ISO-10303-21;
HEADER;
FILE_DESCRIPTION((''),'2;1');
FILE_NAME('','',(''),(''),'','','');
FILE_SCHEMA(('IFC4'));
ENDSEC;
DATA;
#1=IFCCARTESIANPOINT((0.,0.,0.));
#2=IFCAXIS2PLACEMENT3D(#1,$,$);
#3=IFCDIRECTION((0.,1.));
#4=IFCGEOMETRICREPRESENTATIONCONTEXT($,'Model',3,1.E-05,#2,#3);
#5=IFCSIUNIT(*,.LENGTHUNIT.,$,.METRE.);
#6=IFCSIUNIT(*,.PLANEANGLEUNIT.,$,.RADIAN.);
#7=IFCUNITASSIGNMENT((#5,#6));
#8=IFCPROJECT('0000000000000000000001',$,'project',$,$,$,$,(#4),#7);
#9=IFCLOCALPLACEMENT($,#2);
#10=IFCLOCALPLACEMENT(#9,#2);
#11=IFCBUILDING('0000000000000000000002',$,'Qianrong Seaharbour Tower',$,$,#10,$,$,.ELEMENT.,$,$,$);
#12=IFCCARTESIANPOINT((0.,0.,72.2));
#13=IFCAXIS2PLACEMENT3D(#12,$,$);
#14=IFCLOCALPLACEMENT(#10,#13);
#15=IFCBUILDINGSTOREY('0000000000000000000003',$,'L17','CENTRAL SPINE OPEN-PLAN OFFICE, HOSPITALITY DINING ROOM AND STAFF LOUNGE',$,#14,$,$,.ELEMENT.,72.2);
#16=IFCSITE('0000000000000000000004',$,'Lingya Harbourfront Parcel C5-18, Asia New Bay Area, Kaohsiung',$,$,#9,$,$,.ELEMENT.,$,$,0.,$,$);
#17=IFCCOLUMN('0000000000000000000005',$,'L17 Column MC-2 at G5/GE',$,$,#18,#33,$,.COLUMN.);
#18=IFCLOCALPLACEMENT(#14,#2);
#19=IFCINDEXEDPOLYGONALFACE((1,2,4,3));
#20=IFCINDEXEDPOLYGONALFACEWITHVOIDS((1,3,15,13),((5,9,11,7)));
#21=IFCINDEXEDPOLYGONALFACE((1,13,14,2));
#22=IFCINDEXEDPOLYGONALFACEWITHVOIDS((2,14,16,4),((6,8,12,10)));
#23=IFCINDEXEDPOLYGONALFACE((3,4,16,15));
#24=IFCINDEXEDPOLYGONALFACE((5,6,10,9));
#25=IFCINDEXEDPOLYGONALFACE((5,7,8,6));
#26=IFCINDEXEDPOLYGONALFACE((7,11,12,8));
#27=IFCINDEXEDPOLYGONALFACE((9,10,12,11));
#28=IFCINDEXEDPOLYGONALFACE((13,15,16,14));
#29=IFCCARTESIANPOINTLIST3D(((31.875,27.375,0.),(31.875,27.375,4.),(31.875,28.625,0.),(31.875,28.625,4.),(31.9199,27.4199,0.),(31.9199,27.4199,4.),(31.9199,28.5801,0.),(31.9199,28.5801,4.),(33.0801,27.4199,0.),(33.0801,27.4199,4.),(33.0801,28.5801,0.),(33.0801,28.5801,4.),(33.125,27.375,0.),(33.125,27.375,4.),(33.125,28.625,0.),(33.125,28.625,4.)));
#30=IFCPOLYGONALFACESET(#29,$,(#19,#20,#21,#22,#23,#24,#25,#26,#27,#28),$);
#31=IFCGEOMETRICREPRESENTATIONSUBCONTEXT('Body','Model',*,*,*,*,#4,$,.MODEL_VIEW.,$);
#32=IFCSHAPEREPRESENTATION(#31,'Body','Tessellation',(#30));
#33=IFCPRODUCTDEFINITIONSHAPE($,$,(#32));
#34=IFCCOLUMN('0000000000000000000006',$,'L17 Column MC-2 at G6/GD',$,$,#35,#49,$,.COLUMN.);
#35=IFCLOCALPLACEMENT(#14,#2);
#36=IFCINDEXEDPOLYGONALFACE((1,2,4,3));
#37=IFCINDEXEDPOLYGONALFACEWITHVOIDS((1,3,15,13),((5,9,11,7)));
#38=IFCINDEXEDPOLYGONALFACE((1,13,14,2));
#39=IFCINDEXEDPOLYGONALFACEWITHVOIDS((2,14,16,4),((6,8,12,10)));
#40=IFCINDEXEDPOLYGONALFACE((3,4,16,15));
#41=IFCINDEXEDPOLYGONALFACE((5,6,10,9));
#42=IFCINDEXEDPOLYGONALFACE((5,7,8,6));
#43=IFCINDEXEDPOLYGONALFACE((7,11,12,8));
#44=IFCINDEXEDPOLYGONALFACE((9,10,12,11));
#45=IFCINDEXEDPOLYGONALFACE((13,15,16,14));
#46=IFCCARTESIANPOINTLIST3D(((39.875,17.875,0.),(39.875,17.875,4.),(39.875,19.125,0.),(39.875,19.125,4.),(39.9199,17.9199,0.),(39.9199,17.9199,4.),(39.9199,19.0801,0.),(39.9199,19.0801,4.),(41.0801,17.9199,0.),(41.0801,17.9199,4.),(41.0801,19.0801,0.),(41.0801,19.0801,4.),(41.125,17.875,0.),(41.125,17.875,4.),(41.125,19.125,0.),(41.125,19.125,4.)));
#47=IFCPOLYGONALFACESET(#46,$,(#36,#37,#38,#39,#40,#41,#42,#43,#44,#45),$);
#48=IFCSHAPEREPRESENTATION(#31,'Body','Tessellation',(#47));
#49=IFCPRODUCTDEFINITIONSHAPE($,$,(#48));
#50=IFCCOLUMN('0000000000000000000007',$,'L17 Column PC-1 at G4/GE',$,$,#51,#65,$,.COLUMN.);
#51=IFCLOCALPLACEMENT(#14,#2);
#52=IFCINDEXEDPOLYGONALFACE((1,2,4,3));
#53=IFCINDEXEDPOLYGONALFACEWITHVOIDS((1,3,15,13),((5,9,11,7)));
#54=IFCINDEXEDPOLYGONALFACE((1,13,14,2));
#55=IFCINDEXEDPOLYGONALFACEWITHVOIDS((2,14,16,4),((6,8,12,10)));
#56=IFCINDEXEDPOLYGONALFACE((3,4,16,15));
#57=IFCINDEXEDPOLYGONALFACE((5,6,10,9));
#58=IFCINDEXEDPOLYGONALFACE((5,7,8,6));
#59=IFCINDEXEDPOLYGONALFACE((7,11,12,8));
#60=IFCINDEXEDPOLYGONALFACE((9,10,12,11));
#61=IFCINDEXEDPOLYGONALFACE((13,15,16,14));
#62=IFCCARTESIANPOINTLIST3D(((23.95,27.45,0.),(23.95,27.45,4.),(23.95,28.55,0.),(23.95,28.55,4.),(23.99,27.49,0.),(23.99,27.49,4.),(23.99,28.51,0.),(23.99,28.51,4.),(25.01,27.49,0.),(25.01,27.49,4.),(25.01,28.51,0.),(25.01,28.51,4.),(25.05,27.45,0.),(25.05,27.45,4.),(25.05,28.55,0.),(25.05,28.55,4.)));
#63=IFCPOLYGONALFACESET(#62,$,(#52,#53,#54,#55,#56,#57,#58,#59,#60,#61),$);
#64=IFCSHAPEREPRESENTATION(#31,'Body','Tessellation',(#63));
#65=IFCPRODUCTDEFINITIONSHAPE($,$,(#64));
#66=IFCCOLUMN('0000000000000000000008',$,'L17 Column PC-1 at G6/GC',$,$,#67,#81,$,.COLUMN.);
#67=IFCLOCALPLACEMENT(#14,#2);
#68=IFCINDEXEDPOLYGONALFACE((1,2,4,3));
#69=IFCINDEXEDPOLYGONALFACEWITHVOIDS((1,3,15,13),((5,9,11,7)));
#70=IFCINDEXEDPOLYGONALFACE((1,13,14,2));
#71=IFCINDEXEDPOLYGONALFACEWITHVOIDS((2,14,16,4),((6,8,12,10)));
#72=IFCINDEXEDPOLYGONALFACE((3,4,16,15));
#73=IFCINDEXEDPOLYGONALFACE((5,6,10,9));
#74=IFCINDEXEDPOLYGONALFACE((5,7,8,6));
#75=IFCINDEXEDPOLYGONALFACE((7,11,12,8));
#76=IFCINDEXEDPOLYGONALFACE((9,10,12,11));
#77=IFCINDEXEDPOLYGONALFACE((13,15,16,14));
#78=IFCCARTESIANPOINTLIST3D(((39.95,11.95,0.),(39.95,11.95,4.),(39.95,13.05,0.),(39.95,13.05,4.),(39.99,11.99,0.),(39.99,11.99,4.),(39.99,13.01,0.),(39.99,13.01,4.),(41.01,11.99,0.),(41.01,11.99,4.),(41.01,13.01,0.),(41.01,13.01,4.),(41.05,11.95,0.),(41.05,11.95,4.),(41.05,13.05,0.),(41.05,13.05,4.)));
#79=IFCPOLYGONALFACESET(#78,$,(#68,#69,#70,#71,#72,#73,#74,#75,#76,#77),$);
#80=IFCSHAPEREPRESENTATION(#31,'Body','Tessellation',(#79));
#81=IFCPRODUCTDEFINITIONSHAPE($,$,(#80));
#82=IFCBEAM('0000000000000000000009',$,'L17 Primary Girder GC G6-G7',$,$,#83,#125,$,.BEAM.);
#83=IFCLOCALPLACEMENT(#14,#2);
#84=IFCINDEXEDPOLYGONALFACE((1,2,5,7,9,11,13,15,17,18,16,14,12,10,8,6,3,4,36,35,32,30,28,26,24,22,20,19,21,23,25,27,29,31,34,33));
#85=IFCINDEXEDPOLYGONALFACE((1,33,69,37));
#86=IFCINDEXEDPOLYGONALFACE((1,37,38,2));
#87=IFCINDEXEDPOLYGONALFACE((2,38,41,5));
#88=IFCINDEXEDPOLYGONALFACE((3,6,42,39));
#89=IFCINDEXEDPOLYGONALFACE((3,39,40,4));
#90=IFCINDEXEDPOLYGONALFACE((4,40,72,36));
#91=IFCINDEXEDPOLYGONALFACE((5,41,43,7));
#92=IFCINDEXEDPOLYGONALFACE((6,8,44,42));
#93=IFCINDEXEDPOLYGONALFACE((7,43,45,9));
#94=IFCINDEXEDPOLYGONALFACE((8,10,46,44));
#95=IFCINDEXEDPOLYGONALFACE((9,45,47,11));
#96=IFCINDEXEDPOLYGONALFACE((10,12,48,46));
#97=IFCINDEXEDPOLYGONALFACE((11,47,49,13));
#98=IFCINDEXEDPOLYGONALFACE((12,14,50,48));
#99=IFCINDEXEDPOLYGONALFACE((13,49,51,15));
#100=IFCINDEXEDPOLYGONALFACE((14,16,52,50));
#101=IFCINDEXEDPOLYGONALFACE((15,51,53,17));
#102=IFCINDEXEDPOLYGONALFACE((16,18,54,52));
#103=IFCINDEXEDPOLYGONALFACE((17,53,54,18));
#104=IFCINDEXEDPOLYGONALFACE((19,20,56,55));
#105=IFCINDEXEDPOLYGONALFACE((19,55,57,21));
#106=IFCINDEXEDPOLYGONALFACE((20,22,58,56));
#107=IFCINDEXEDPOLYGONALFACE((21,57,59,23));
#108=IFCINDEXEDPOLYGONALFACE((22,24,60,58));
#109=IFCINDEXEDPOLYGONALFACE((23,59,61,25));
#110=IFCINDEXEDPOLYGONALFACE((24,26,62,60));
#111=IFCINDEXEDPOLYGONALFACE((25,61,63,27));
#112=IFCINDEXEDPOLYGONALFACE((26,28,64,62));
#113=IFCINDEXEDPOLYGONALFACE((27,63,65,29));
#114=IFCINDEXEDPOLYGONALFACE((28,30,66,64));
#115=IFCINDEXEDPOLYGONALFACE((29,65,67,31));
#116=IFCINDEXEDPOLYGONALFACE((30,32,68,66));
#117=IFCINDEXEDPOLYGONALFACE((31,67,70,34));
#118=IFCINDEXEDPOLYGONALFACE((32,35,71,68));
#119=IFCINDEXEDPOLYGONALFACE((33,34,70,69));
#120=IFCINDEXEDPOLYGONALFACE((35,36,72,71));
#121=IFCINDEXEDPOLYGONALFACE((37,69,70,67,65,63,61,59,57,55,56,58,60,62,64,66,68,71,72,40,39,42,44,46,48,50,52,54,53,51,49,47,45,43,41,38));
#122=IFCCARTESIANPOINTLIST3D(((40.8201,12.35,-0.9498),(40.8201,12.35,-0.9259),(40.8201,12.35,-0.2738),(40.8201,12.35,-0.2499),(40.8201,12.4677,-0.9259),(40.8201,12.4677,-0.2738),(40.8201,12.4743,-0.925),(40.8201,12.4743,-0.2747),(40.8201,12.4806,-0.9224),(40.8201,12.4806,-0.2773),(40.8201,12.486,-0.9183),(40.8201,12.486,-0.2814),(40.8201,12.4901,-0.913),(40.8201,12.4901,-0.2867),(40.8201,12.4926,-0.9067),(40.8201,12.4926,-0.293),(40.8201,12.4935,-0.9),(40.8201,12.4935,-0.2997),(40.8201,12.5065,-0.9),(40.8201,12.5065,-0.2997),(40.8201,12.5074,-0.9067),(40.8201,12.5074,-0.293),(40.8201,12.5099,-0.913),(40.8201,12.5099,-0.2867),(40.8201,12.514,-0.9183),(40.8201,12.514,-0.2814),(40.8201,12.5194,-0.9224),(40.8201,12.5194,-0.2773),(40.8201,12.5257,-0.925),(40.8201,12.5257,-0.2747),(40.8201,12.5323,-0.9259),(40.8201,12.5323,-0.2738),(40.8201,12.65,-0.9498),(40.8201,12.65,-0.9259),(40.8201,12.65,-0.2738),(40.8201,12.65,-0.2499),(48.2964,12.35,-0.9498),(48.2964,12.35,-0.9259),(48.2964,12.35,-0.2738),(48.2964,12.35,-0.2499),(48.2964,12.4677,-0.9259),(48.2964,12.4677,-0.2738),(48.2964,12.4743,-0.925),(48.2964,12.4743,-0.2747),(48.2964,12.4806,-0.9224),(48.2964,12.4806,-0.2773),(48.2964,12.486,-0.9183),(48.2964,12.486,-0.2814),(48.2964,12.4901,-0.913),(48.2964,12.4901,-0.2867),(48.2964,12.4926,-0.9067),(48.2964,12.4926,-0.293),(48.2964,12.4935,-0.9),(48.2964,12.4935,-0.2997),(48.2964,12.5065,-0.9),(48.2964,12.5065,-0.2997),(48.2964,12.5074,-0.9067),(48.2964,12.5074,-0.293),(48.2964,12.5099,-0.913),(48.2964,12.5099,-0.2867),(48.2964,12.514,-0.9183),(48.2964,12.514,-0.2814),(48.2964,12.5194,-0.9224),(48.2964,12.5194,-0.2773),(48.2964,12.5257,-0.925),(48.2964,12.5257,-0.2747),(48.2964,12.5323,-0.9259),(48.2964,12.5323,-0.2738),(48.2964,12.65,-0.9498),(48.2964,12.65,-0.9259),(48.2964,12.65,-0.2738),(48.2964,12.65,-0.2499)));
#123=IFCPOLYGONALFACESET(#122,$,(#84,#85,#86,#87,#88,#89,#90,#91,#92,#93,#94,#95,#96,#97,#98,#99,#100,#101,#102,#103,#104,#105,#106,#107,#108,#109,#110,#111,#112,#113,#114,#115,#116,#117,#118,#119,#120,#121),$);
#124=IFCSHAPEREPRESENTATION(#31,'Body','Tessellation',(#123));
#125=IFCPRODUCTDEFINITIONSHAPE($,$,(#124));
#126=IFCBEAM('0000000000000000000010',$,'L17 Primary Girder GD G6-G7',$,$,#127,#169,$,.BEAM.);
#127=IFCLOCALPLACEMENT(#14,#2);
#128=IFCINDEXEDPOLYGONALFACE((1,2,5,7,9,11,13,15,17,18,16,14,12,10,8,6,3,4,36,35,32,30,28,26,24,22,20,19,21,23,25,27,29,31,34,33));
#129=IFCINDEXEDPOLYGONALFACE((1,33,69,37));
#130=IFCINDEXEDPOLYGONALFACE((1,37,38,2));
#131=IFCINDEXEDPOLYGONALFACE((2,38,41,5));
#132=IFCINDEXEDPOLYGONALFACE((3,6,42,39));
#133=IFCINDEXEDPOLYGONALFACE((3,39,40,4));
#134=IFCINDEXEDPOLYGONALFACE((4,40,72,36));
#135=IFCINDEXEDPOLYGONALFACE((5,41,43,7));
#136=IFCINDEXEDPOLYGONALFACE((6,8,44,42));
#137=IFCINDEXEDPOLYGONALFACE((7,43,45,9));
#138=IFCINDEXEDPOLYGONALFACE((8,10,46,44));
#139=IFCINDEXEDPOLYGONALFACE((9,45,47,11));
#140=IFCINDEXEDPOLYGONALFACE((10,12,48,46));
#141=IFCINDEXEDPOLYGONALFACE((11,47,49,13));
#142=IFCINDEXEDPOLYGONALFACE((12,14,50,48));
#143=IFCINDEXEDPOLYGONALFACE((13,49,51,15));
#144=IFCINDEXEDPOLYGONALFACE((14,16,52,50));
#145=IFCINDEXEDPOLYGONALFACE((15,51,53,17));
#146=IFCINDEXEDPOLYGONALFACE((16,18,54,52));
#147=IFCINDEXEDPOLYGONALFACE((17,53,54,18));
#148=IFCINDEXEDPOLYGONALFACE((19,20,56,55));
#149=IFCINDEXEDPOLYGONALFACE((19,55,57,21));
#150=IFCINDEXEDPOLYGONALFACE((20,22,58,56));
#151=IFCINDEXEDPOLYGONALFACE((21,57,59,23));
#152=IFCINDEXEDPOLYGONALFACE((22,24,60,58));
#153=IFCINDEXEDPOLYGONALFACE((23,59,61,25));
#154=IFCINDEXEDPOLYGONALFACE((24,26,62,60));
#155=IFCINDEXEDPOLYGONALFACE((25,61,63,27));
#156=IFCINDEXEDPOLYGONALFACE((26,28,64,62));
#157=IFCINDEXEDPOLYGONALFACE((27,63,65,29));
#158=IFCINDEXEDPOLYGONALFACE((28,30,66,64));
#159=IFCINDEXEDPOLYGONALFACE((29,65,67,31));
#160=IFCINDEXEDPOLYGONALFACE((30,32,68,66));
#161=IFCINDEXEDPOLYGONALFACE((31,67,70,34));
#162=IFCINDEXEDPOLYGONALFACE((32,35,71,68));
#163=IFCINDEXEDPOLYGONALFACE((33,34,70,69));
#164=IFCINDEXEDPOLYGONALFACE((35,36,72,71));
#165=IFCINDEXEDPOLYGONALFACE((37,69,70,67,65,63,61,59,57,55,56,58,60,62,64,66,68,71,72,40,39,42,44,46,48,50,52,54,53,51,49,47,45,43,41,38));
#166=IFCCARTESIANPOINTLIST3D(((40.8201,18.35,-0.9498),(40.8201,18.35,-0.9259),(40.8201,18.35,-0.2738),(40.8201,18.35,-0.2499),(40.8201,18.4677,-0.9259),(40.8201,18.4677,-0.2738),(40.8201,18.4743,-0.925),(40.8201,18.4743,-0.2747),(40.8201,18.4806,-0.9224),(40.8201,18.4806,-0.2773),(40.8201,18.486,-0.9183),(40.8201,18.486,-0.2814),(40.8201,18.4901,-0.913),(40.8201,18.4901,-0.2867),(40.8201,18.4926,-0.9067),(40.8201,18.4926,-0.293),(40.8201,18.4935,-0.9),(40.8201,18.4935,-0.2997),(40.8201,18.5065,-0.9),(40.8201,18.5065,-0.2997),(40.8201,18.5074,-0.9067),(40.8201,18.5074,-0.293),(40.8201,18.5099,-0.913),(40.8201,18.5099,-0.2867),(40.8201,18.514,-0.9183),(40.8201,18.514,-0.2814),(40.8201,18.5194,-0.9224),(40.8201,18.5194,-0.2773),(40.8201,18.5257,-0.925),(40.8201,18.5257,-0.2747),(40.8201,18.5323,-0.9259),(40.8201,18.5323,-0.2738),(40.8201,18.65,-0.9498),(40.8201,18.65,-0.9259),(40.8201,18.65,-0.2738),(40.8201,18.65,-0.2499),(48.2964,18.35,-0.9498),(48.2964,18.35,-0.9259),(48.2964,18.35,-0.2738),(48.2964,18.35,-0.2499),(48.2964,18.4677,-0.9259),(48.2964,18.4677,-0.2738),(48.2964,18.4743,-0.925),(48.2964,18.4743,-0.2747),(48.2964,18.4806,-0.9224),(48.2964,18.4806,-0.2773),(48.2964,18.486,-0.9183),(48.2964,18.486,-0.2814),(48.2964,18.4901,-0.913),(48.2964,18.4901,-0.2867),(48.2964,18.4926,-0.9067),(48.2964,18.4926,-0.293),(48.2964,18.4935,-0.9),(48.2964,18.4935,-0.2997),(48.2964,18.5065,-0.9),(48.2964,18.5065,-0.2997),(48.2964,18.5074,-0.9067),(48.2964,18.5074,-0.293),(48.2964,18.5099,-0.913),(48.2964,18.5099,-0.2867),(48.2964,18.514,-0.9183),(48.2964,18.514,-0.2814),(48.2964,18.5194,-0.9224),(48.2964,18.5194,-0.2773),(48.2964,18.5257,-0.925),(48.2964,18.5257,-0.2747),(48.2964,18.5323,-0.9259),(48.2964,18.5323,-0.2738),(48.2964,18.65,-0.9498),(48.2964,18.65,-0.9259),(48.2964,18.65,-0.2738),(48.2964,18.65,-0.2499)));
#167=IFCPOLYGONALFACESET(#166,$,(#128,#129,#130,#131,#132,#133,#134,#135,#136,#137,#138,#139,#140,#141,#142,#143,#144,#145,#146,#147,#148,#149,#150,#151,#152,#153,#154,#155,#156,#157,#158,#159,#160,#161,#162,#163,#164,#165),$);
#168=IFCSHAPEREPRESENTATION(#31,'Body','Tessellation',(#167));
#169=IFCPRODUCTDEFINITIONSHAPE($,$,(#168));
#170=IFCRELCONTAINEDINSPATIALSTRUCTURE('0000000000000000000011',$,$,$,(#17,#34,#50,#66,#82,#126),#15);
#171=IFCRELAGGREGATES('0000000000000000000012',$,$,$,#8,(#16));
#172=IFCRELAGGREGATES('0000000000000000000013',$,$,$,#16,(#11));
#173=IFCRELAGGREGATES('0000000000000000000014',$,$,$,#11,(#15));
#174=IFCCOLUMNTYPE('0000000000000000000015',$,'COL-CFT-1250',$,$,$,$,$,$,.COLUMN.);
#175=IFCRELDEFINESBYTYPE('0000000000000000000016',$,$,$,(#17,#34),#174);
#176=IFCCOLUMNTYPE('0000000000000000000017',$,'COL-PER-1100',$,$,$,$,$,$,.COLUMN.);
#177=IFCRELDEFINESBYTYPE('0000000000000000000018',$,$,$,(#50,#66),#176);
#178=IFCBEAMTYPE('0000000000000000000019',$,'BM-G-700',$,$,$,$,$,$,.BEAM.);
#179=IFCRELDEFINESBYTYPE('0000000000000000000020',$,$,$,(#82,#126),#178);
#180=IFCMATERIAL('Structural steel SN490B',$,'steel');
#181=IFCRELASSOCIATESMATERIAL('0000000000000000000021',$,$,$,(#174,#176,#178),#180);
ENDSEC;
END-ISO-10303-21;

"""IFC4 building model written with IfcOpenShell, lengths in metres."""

from ifc_helpers import new_model, si_unit, direction, frame, origin, origin_2d, place, context, subcontext, project, spatial, hollow_rectangle, i_section, extrude, material, material_profile, profile_set, type_object, element, save


model = new_model("IFC4")

# Units and contexts
model_context = context("Model", 3, precision=1e-05, world=origin(), true_north=direction((0.0, 1.0)))
body_context = subcontext(model_context, "Body", "Model", "MODEL_VIEW")
ifc_project = project(units=[si_unit("LENGTHUNIT", "METRE"), si_unit("PLANEANGLEUNIT", "RADIAN")], contexts=[model_context])

# Site, building, storey
site_placement = place(None, origin())
site = spatial("IfcSite", under=ifc_project, at=site_placement, Name="Lingya Harbourfront Parcel C5-18, Asia New Bay Area, Kaohsiung", CompositionType="ELEMENT", RefElevation=0.0)
building_placement = place(site_placement, origin())
building = spatial("IfcBuilding", under=site, at=building_placement, Name="Qianrong Seaharbour Tower", CompositionType="ELEMENT")
storey_placement = place(building_placement, frame((0.0, 0.0, 72.2)))
storey = spatial("IfcBuildingStorey", under=building, at=storey_placement, Name="L17", Description="CENTRAL SPINE OPEN-PLAN OFFICE, HOSPITALITY DINING ROOM AND STAFF LOUNGE", CompositionType="ELEMENT", Elevation=72.2)

# Columns
ifc_material_1 = material(Name="Structural steel SN490B", Category="steel")
ifc_material_profile_1 = material_profile(ifc_material_1, hollow_rectangle(XDim=1.25, YDim=1.25, WallThickness=0.0449, at=origin_2d()), Name="BOX1250x1250x45")
ifc_profile_set_1 = profile_set([ifc_material_profile_1], Name="Structural steel SN490B")
column_type_1 = type_object("IfcColumnType", Name="COL-CFT-1250", PredefinedType="COLUMN", material=ifc_profile_set_1)
for number, where, z_axis, x_axis, name in (
    (1, (32.5, 28.0, 0.0), (0.0, 0.0, 1.0), (1.0, 0.0, 0.0), "L17 Column MC-2 at G5/GE"),
    (2, (40.5, 18.5, 0.0), (0.0, 0.0, 1.0), (1.0, 0.0, 0.0), "L17 Column MC-2 at G6/GD"),
):
    element("IfcColumn", number, at=place(storey_placement, frame(where, z_axis=z_axis, x_axis=x_axis)), inside=storey, type_object=column_type_1, Name=name, PredefinedType="COLUMN", context=body_context, shape_type="SweptSolid", body=[
        extrude(hollow_rectangle(XDim=1.25, YDim=1.25, WallThickness=0.0449, at=origin_2d()), origin(), (0.0, 0.0, 1.0), 4.0),
    ])
ifc_material_profile_2 = material_profile(ifc_material_1, hollow_rectangle(XDim=1.1001, YDim=1.1001, WallThickness=0.04, at=origin_2d()), Name="BOX1100x1100x40")
ifc_profile_set_2 = profile_set([ifc_material_profile_2], Name="Structural steel SN490B")
column_type_2 = type_object("IfcColumnType", Name="COL-PER-1100", PredefinedType="COLUMN", material=ifc_profile_set_2)
for number, where, z_axis, x_axis, name in (
    (3, (24.5, 28.0, 0.0), (0.0, 0.0, 1.0), (1.0, 0.0, 0.0), "L17 Column PC-1 at G4/GE"),
    (4, (40.5, 12.5, 0.0), (0.0, 0.0, 1.0), (1.0, 0.0, 0.0), "L17 Column PC-1 at G6/GC"),
):
    element("IfcColumn", number, at=place(storey_placement, frame(where, z_axis=z_axis, x_axis=x_axis)), inside=storey, type_object=column_type_2, Name=name, PredefinedType="COLUMN", context=body_context, shape_type="SweptSolid", body=[
        extrude(hollow_rectangle(XDim=1.1001, YDim=1.1001, WallThickness=0.04, at=origin_2d()), origin(), (0.0, 0.0, 1.0), 4.0),
    ])

# Beams
ifc_material_profile_3 = material_profile(ifc_material_1, i_section(OverallWidth=0.3, OverallDepth=0.7, WebThickness=0.0129, FlangeThickness=0.0239, FilletRadius=0.0259, at=origin_2d()), Name="H700x300x13x24")
ifc_profile_set_3 = profile_set([ifc_material_profile_3], Name="Structural steel SN490B")
beam_type_1 = type_object("IfcBeamType", Name="BM-G-700", PredefinedType="BEAM", material=ifc_profile_set_3)
for number, where, z_axis, x_axis, name in (
    (5, (40.8201, 12.5, -0.5999), (1.0, 0.0, 0.0), (0.0, 1.0, 0.0), "L17 Primary Girder GC G6-G7"),
    (6, (40.8201, 18.5, -0.5999), (1.0, 0.0, 0.0), (0.0, 1.0, 0.0), "L17 Primary Girder GD G6-G7"),
):
    element("IfcBeam", number, at=place(storey_placement, frame(where, z_axis=z_axis, x_axis=x_axis)), inside=storey, type_object=beam_type_1, Name=name, PredefinedType="BEAM", context=body_context, shape_type="SweptSolid", body=[
        extrude(i_section(OverallWidth=0.3, OverallDepth=0.7, WebThickness=0.0129, FlangeThickness=0.0239, FilletRadius=0.0259, at=origin_2d()), origin(), (0.0, 0.0, 1.0), 7.4763),
    ])

save(model, "model.ifc")
